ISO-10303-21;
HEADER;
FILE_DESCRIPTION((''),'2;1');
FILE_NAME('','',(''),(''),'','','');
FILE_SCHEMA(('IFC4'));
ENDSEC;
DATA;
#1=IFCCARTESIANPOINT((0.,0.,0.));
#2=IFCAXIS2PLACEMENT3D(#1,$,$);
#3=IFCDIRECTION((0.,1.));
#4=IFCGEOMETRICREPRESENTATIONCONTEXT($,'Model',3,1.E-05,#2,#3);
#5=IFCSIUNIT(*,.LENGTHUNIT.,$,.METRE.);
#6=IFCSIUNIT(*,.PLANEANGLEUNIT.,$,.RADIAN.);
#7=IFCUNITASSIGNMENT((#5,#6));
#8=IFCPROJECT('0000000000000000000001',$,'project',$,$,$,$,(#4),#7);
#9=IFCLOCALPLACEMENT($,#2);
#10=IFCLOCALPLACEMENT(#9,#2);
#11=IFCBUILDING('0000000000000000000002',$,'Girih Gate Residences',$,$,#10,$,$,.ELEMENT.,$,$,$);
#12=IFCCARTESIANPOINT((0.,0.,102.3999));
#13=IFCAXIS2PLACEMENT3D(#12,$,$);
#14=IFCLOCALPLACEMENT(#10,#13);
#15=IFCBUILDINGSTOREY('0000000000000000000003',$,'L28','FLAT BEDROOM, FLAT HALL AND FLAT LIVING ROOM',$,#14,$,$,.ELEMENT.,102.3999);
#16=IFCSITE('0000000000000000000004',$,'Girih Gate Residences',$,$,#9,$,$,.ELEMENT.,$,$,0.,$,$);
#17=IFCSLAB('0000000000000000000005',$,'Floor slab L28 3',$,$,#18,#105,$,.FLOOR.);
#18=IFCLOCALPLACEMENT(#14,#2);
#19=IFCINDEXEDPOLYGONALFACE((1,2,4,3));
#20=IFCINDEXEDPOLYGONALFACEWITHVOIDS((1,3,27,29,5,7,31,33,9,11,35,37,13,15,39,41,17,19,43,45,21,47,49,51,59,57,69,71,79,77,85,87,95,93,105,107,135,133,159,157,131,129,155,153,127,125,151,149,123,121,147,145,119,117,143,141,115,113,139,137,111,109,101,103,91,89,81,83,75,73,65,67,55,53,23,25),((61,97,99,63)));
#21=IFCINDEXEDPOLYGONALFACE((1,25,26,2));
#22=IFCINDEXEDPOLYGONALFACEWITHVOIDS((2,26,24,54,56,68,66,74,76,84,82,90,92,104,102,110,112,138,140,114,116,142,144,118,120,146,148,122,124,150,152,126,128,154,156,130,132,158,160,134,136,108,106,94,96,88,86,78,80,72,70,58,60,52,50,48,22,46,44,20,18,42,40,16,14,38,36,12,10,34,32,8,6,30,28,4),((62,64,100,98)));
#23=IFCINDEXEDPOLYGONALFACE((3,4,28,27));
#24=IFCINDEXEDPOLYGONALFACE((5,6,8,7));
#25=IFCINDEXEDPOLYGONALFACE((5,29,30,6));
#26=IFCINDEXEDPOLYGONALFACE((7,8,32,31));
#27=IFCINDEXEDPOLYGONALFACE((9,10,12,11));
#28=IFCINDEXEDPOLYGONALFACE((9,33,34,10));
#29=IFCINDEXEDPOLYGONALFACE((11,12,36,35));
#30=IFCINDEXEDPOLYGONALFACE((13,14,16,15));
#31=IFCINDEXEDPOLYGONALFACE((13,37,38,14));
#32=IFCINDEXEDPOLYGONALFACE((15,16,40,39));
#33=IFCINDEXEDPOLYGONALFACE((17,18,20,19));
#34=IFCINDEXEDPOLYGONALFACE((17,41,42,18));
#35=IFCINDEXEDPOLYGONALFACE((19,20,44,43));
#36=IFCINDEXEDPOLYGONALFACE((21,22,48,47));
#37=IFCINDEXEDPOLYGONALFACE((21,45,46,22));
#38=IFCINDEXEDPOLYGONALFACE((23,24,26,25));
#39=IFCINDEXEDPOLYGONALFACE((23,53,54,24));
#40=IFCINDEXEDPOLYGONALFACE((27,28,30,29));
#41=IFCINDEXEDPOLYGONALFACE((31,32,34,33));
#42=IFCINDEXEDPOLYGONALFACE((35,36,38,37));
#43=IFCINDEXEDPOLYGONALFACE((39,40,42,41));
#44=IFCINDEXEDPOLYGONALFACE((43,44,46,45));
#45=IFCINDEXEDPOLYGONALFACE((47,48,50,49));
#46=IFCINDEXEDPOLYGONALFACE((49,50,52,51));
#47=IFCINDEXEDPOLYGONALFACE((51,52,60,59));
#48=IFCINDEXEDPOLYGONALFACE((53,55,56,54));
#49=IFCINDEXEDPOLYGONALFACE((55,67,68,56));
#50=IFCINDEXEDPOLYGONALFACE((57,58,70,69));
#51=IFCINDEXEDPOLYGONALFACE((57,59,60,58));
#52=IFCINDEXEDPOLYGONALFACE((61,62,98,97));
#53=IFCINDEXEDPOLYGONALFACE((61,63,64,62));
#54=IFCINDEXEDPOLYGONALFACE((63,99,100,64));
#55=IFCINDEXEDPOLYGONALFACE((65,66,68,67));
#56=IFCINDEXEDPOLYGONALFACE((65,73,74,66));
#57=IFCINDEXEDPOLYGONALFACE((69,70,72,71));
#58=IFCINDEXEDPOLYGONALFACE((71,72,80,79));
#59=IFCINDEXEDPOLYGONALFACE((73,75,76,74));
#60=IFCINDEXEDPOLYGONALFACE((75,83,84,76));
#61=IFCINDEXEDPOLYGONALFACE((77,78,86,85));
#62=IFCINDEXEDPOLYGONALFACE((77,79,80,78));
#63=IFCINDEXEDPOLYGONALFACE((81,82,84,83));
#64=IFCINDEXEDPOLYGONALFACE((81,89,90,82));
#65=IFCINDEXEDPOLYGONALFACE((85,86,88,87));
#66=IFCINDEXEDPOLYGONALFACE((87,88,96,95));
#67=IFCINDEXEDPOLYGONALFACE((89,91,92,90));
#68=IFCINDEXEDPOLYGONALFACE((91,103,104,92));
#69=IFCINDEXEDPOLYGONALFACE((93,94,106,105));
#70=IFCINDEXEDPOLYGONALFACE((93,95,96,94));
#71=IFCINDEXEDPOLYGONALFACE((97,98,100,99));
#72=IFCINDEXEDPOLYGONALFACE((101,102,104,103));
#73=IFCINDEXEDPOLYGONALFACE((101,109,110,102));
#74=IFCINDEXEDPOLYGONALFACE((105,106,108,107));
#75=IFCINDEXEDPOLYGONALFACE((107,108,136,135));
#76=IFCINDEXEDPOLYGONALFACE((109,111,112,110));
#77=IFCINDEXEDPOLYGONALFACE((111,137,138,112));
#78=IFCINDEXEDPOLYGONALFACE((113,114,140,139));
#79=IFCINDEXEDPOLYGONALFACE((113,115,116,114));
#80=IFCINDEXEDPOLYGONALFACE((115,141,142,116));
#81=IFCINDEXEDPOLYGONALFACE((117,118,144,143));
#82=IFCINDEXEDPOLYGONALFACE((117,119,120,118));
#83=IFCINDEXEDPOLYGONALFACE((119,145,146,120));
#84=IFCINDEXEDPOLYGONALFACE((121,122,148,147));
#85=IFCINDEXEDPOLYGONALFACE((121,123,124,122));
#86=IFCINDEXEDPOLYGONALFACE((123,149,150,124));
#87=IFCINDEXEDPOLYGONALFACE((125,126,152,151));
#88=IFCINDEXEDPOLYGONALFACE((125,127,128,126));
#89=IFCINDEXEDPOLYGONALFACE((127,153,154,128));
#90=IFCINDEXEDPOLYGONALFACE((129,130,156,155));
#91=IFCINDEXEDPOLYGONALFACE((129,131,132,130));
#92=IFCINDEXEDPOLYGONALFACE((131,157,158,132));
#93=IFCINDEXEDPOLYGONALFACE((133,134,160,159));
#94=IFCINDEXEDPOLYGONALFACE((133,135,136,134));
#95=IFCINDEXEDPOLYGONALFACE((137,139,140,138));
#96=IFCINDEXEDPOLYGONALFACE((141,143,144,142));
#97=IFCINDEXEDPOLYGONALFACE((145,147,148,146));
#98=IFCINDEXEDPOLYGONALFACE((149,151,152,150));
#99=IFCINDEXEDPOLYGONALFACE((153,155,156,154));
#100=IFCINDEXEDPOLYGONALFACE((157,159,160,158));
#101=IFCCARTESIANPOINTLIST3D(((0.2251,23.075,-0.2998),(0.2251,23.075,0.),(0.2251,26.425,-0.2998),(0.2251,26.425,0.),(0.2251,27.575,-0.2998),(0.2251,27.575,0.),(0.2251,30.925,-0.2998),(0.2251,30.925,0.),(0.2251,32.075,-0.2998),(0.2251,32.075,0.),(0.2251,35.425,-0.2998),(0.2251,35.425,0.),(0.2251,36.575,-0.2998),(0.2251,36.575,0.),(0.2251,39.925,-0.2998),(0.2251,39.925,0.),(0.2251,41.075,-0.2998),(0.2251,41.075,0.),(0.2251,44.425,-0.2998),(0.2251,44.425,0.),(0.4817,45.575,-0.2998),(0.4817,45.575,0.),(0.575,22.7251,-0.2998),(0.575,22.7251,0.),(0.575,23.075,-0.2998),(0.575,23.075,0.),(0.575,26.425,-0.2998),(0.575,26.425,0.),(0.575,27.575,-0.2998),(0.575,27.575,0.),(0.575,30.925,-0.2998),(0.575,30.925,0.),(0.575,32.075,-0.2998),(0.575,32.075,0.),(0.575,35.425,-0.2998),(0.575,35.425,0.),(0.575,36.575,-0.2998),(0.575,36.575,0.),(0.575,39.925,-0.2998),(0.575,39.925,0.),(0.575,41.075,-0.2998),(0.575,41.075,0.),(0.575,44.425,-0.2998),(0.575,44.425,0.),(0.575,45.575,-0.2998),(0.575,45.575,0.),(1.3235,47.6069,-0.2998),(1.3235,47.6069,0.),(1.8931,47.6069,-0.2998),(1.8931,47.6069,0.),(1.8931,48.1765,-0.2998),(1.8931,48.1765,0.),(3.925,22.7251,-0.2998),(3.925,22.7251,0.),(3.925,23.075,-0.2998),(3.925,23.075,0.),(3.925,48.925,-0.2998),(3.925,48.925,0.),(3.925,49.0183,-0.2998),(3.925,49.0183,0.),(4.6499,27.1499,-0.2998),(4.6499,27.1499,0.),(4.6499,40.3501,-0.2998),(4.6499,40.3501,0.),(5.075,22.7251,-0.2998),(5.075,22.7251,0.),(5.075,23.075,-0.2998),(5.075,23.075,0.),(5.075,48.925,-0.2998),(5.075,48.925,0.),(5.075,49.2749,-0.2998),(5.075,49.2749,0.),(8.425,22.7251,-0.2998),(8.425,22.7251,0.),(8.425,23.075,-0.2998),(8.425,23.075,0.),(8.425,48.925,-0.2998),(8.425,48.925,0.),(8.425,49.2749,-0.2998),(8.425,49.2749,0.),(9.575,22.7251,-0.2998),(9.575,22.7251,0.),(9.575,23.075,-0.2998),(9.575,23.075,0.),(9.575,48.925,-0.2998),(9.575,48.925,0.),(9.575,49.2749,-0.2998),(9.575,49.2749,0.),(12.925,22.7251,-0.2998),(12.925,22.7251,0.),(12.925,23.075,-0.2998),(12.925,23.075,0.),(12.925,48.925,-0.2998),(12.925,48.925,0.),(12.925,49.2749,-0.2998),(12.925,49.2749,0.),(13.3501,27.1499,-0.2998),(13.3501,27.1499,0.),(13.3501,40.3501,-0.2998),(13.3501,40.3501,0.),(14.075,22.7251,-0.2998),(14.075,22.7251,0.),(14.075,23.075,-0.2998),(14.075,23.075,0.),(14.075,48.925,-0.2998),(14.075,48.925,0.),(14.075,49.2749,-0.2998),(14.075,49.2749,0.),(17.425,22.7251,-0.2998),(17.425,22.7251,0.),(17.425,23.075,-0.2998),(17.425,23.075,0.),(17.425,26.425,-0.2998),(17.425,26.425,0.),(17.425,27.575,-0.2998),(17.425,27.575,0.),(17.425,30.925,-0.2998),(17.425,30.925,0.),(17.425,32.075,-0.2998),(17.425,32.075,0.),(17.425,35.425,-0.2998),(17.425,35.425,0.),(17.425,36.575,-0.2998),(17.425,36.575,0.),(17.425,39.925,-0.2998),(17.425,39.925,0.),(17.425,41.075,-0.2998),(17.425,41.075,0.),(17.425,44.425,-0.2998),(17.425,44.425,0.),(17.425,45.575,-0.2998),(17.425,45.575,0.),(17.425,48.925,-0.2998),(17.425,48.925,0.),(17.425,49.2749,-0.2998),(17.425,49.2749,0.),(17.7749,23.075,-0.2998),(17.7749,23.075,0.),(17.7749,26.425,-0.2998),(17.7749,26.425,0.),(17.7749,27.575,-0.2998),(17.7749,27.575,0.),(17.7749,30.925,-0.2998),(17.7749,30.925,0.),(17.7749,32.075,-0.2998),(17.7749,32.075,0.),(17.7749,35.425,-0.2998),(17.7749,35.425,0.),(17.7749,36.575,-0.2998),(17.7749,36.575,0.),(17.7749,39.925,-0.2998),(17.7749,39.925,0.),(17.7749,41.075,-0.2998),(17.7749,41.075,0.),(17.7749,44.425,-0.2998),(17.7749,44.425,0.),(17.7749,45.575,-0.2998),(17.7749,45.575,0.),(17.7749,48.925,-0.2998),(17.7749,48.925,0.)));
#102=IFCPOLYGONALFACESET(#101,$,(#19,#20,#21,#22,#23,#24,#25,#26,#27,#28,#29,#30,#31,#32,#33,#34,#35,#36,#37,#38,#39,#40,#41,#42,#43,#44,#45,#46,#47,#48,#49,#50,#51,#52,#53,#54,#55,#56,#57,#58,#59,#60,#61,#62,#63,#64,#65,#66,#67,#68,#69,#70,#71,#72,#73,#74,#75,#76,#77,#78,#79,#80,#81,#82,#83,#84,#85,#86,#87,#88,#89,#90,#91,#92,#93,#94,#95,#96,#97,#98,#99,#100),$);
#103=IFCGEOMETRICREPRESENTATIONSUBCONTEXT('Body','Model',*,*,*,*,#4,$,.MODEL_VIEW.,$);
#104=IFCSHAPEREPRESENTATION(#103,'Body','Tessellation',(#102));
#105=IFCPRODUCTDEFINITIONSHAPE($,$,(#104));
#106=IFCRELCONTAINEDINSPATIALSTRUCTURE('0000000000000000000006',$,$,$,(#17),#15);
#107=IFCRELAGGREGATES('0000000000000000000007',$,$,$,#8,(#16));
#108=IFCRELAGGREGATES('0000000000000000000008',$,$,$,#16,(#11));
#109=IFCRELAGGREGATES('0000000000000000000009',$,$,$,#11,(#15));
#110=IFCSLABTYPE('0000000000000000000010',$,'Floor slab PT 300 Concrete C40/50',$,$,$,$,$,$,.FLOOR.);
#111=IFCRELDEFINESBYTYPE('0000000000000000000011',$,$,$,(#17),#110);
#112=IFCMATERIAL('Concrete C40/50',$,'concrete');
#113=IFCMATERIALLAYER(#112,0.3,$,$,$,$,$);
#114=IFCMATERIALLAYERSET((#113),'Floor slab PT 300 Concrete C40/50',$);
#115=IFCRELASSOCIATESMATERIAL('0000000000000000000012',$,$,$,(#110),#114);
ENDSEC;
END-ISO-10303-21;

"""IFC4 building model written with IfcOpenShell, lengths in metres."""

from ifc_helpers import new_model, si_unit, direction, frame, origin, place, context, subcontext, project, spatial, polyline, outline, extrude, material, layer, layer_set, type_object, element, save


model = new_model("IFC4")

# Units and contexts
model_context = context("Model", 3, precision=1e-05, world=origin(), true_north=direction((0.0, 1.0)))
body_context = subcontext(model_context, "Body", "Model", "MODEL_VIEW")
ifc_project = project(units=[si_unit("LENGTHUNIT", "METRE"), si_unit("PLANEANGLEUNIT", "RADIAN")], contexts=[model_context])

# Site, building, storey
site_placement = place(None, origin())
site = spatial("IfcSite", under=ifc_project, at=site_placement, Name="Girih Gate Residences", CompositionType="ELEMENT", RefElevation=0.0)
building_placement = place(site_placement, origin())
building = spatial("IfcBuilding", under=site, at=building_placement, Name="Girih Gate Residences", CompositionType="ELEMENT")
storey_placement = place(building_placement, frame((0.0, 0.0, 102.3999)))
storey = spatial("IfcBuildingStorey", under=building, at=storey_placement, Name="L28", Description="FLAT BEDROOM, FLAT HALL AND FLAT LIVING ROOM", CompositionType="ELEMENT", Elevation=102.3999)

# Slab
ifc_material_1 = material(Name="Concrete C40/50", Category="concrete")
ifc_layer_1 = layer(ifc_material_1, 0.3)
ifc_layer_set_1 = layer_set([ifc_layer_1], Name="Floor slab PT 300 Concrete C40/50")
slab_type_1 = type_object("IfcSlabType", Name="Floor slab PT 300 Concrete C40/50", PredefinedType="FLOOR", material=ifc_layer_set_1)
slab_1_placement = place(storey_placement, frame((0.0, 0.0, -0.2998)))
element("IfcSlab", 1, at=slab_1_placement, inside=storey, type_object=slab_type_1, Name="Floor slab L28 3", PredefinedType="FLOOR", context=body_context, shape_type="SweptSolid", body=[
    extrude(outline(polyline([(0.2251, 26.425), (0.2251, 23.075), (0.575, 23.075), (0.575, 22.7251), (3.925, 22.7251), (3.925, 23.075), (5.075, 23.075), (5.075, 22.7251), (8.425, 22.7251), (8.425, 23.075), (9.575, 23.075), (9.575, 22.7251), (12.925, 22.7251), (12.925, 23.075), (14.075, 23.075), (14.075, 22.7251), (17.425, 22.7251), (17.425, 23.075), (17.7749, 23.075), (17.7749, 26.425), (17.425, 26.425), (17.425, 27.575), (17.7749, 27.575), (17.7749, 30.925), (17.425, 30.925), (17.425, 32.075), (17.7749, 32.075), (17.7749, 35.425), (17.425, 35.425), (17.425, 36.575), (17.7749, 36.575), (17.7749, 39.925), (17.425, 39.925), (17.425, 41.075), (17.7749, 41.075), (17.7749, 44.425), (17.425, 44.425), (17.425, 45.575), (17.7749, 45.575), (17.7749, 48.925), (17.425, 48.925), (17.425, 49.2749), (14.075, 49.2749), (14.075, 48.925), (12.925, 48.925), (12.925, 49.2749), (9.575, 49.2749), (9.575, 48.925), (8.425, 48.925), (8.425, 49.2749), (5.075, 49.2749), (5.075, 48.925), (3.925, 48.925), (3.925, 49.0183), (1.8931, 48.1765), (1.8931, 47.6069), (1.3235, 47.6069), (0.4817, 45.575), (0.575, 45.575), (0.575, 44.425), (0.2251, 44.425), (0.2251, 41.075), (0.575, 41.075), (0.575, 39.925), (0.2251, 39.925), (0.2251, 36.575), (0.575, 36.575), (0.575, 35.425), (0.2251, 35.425), (0.2251, 32.075), (0.575, 32.075), (0.575, 30.925), (0.2251, 30.925), (0.2251, 27.575), (0.575, 27.575), (0.575, 26.425), (0.2251, 26.425)]), holes=[polyline([(13.3501, 40.3501), (13.3501, 27.1499), (4.6499, 27.1499), (4.6499, 40.3501), (13.3501, 40.3501)])]), origin(), (0.0, 0.0, 1.0), 0.2998),
])

save(model, "model.ifc")
